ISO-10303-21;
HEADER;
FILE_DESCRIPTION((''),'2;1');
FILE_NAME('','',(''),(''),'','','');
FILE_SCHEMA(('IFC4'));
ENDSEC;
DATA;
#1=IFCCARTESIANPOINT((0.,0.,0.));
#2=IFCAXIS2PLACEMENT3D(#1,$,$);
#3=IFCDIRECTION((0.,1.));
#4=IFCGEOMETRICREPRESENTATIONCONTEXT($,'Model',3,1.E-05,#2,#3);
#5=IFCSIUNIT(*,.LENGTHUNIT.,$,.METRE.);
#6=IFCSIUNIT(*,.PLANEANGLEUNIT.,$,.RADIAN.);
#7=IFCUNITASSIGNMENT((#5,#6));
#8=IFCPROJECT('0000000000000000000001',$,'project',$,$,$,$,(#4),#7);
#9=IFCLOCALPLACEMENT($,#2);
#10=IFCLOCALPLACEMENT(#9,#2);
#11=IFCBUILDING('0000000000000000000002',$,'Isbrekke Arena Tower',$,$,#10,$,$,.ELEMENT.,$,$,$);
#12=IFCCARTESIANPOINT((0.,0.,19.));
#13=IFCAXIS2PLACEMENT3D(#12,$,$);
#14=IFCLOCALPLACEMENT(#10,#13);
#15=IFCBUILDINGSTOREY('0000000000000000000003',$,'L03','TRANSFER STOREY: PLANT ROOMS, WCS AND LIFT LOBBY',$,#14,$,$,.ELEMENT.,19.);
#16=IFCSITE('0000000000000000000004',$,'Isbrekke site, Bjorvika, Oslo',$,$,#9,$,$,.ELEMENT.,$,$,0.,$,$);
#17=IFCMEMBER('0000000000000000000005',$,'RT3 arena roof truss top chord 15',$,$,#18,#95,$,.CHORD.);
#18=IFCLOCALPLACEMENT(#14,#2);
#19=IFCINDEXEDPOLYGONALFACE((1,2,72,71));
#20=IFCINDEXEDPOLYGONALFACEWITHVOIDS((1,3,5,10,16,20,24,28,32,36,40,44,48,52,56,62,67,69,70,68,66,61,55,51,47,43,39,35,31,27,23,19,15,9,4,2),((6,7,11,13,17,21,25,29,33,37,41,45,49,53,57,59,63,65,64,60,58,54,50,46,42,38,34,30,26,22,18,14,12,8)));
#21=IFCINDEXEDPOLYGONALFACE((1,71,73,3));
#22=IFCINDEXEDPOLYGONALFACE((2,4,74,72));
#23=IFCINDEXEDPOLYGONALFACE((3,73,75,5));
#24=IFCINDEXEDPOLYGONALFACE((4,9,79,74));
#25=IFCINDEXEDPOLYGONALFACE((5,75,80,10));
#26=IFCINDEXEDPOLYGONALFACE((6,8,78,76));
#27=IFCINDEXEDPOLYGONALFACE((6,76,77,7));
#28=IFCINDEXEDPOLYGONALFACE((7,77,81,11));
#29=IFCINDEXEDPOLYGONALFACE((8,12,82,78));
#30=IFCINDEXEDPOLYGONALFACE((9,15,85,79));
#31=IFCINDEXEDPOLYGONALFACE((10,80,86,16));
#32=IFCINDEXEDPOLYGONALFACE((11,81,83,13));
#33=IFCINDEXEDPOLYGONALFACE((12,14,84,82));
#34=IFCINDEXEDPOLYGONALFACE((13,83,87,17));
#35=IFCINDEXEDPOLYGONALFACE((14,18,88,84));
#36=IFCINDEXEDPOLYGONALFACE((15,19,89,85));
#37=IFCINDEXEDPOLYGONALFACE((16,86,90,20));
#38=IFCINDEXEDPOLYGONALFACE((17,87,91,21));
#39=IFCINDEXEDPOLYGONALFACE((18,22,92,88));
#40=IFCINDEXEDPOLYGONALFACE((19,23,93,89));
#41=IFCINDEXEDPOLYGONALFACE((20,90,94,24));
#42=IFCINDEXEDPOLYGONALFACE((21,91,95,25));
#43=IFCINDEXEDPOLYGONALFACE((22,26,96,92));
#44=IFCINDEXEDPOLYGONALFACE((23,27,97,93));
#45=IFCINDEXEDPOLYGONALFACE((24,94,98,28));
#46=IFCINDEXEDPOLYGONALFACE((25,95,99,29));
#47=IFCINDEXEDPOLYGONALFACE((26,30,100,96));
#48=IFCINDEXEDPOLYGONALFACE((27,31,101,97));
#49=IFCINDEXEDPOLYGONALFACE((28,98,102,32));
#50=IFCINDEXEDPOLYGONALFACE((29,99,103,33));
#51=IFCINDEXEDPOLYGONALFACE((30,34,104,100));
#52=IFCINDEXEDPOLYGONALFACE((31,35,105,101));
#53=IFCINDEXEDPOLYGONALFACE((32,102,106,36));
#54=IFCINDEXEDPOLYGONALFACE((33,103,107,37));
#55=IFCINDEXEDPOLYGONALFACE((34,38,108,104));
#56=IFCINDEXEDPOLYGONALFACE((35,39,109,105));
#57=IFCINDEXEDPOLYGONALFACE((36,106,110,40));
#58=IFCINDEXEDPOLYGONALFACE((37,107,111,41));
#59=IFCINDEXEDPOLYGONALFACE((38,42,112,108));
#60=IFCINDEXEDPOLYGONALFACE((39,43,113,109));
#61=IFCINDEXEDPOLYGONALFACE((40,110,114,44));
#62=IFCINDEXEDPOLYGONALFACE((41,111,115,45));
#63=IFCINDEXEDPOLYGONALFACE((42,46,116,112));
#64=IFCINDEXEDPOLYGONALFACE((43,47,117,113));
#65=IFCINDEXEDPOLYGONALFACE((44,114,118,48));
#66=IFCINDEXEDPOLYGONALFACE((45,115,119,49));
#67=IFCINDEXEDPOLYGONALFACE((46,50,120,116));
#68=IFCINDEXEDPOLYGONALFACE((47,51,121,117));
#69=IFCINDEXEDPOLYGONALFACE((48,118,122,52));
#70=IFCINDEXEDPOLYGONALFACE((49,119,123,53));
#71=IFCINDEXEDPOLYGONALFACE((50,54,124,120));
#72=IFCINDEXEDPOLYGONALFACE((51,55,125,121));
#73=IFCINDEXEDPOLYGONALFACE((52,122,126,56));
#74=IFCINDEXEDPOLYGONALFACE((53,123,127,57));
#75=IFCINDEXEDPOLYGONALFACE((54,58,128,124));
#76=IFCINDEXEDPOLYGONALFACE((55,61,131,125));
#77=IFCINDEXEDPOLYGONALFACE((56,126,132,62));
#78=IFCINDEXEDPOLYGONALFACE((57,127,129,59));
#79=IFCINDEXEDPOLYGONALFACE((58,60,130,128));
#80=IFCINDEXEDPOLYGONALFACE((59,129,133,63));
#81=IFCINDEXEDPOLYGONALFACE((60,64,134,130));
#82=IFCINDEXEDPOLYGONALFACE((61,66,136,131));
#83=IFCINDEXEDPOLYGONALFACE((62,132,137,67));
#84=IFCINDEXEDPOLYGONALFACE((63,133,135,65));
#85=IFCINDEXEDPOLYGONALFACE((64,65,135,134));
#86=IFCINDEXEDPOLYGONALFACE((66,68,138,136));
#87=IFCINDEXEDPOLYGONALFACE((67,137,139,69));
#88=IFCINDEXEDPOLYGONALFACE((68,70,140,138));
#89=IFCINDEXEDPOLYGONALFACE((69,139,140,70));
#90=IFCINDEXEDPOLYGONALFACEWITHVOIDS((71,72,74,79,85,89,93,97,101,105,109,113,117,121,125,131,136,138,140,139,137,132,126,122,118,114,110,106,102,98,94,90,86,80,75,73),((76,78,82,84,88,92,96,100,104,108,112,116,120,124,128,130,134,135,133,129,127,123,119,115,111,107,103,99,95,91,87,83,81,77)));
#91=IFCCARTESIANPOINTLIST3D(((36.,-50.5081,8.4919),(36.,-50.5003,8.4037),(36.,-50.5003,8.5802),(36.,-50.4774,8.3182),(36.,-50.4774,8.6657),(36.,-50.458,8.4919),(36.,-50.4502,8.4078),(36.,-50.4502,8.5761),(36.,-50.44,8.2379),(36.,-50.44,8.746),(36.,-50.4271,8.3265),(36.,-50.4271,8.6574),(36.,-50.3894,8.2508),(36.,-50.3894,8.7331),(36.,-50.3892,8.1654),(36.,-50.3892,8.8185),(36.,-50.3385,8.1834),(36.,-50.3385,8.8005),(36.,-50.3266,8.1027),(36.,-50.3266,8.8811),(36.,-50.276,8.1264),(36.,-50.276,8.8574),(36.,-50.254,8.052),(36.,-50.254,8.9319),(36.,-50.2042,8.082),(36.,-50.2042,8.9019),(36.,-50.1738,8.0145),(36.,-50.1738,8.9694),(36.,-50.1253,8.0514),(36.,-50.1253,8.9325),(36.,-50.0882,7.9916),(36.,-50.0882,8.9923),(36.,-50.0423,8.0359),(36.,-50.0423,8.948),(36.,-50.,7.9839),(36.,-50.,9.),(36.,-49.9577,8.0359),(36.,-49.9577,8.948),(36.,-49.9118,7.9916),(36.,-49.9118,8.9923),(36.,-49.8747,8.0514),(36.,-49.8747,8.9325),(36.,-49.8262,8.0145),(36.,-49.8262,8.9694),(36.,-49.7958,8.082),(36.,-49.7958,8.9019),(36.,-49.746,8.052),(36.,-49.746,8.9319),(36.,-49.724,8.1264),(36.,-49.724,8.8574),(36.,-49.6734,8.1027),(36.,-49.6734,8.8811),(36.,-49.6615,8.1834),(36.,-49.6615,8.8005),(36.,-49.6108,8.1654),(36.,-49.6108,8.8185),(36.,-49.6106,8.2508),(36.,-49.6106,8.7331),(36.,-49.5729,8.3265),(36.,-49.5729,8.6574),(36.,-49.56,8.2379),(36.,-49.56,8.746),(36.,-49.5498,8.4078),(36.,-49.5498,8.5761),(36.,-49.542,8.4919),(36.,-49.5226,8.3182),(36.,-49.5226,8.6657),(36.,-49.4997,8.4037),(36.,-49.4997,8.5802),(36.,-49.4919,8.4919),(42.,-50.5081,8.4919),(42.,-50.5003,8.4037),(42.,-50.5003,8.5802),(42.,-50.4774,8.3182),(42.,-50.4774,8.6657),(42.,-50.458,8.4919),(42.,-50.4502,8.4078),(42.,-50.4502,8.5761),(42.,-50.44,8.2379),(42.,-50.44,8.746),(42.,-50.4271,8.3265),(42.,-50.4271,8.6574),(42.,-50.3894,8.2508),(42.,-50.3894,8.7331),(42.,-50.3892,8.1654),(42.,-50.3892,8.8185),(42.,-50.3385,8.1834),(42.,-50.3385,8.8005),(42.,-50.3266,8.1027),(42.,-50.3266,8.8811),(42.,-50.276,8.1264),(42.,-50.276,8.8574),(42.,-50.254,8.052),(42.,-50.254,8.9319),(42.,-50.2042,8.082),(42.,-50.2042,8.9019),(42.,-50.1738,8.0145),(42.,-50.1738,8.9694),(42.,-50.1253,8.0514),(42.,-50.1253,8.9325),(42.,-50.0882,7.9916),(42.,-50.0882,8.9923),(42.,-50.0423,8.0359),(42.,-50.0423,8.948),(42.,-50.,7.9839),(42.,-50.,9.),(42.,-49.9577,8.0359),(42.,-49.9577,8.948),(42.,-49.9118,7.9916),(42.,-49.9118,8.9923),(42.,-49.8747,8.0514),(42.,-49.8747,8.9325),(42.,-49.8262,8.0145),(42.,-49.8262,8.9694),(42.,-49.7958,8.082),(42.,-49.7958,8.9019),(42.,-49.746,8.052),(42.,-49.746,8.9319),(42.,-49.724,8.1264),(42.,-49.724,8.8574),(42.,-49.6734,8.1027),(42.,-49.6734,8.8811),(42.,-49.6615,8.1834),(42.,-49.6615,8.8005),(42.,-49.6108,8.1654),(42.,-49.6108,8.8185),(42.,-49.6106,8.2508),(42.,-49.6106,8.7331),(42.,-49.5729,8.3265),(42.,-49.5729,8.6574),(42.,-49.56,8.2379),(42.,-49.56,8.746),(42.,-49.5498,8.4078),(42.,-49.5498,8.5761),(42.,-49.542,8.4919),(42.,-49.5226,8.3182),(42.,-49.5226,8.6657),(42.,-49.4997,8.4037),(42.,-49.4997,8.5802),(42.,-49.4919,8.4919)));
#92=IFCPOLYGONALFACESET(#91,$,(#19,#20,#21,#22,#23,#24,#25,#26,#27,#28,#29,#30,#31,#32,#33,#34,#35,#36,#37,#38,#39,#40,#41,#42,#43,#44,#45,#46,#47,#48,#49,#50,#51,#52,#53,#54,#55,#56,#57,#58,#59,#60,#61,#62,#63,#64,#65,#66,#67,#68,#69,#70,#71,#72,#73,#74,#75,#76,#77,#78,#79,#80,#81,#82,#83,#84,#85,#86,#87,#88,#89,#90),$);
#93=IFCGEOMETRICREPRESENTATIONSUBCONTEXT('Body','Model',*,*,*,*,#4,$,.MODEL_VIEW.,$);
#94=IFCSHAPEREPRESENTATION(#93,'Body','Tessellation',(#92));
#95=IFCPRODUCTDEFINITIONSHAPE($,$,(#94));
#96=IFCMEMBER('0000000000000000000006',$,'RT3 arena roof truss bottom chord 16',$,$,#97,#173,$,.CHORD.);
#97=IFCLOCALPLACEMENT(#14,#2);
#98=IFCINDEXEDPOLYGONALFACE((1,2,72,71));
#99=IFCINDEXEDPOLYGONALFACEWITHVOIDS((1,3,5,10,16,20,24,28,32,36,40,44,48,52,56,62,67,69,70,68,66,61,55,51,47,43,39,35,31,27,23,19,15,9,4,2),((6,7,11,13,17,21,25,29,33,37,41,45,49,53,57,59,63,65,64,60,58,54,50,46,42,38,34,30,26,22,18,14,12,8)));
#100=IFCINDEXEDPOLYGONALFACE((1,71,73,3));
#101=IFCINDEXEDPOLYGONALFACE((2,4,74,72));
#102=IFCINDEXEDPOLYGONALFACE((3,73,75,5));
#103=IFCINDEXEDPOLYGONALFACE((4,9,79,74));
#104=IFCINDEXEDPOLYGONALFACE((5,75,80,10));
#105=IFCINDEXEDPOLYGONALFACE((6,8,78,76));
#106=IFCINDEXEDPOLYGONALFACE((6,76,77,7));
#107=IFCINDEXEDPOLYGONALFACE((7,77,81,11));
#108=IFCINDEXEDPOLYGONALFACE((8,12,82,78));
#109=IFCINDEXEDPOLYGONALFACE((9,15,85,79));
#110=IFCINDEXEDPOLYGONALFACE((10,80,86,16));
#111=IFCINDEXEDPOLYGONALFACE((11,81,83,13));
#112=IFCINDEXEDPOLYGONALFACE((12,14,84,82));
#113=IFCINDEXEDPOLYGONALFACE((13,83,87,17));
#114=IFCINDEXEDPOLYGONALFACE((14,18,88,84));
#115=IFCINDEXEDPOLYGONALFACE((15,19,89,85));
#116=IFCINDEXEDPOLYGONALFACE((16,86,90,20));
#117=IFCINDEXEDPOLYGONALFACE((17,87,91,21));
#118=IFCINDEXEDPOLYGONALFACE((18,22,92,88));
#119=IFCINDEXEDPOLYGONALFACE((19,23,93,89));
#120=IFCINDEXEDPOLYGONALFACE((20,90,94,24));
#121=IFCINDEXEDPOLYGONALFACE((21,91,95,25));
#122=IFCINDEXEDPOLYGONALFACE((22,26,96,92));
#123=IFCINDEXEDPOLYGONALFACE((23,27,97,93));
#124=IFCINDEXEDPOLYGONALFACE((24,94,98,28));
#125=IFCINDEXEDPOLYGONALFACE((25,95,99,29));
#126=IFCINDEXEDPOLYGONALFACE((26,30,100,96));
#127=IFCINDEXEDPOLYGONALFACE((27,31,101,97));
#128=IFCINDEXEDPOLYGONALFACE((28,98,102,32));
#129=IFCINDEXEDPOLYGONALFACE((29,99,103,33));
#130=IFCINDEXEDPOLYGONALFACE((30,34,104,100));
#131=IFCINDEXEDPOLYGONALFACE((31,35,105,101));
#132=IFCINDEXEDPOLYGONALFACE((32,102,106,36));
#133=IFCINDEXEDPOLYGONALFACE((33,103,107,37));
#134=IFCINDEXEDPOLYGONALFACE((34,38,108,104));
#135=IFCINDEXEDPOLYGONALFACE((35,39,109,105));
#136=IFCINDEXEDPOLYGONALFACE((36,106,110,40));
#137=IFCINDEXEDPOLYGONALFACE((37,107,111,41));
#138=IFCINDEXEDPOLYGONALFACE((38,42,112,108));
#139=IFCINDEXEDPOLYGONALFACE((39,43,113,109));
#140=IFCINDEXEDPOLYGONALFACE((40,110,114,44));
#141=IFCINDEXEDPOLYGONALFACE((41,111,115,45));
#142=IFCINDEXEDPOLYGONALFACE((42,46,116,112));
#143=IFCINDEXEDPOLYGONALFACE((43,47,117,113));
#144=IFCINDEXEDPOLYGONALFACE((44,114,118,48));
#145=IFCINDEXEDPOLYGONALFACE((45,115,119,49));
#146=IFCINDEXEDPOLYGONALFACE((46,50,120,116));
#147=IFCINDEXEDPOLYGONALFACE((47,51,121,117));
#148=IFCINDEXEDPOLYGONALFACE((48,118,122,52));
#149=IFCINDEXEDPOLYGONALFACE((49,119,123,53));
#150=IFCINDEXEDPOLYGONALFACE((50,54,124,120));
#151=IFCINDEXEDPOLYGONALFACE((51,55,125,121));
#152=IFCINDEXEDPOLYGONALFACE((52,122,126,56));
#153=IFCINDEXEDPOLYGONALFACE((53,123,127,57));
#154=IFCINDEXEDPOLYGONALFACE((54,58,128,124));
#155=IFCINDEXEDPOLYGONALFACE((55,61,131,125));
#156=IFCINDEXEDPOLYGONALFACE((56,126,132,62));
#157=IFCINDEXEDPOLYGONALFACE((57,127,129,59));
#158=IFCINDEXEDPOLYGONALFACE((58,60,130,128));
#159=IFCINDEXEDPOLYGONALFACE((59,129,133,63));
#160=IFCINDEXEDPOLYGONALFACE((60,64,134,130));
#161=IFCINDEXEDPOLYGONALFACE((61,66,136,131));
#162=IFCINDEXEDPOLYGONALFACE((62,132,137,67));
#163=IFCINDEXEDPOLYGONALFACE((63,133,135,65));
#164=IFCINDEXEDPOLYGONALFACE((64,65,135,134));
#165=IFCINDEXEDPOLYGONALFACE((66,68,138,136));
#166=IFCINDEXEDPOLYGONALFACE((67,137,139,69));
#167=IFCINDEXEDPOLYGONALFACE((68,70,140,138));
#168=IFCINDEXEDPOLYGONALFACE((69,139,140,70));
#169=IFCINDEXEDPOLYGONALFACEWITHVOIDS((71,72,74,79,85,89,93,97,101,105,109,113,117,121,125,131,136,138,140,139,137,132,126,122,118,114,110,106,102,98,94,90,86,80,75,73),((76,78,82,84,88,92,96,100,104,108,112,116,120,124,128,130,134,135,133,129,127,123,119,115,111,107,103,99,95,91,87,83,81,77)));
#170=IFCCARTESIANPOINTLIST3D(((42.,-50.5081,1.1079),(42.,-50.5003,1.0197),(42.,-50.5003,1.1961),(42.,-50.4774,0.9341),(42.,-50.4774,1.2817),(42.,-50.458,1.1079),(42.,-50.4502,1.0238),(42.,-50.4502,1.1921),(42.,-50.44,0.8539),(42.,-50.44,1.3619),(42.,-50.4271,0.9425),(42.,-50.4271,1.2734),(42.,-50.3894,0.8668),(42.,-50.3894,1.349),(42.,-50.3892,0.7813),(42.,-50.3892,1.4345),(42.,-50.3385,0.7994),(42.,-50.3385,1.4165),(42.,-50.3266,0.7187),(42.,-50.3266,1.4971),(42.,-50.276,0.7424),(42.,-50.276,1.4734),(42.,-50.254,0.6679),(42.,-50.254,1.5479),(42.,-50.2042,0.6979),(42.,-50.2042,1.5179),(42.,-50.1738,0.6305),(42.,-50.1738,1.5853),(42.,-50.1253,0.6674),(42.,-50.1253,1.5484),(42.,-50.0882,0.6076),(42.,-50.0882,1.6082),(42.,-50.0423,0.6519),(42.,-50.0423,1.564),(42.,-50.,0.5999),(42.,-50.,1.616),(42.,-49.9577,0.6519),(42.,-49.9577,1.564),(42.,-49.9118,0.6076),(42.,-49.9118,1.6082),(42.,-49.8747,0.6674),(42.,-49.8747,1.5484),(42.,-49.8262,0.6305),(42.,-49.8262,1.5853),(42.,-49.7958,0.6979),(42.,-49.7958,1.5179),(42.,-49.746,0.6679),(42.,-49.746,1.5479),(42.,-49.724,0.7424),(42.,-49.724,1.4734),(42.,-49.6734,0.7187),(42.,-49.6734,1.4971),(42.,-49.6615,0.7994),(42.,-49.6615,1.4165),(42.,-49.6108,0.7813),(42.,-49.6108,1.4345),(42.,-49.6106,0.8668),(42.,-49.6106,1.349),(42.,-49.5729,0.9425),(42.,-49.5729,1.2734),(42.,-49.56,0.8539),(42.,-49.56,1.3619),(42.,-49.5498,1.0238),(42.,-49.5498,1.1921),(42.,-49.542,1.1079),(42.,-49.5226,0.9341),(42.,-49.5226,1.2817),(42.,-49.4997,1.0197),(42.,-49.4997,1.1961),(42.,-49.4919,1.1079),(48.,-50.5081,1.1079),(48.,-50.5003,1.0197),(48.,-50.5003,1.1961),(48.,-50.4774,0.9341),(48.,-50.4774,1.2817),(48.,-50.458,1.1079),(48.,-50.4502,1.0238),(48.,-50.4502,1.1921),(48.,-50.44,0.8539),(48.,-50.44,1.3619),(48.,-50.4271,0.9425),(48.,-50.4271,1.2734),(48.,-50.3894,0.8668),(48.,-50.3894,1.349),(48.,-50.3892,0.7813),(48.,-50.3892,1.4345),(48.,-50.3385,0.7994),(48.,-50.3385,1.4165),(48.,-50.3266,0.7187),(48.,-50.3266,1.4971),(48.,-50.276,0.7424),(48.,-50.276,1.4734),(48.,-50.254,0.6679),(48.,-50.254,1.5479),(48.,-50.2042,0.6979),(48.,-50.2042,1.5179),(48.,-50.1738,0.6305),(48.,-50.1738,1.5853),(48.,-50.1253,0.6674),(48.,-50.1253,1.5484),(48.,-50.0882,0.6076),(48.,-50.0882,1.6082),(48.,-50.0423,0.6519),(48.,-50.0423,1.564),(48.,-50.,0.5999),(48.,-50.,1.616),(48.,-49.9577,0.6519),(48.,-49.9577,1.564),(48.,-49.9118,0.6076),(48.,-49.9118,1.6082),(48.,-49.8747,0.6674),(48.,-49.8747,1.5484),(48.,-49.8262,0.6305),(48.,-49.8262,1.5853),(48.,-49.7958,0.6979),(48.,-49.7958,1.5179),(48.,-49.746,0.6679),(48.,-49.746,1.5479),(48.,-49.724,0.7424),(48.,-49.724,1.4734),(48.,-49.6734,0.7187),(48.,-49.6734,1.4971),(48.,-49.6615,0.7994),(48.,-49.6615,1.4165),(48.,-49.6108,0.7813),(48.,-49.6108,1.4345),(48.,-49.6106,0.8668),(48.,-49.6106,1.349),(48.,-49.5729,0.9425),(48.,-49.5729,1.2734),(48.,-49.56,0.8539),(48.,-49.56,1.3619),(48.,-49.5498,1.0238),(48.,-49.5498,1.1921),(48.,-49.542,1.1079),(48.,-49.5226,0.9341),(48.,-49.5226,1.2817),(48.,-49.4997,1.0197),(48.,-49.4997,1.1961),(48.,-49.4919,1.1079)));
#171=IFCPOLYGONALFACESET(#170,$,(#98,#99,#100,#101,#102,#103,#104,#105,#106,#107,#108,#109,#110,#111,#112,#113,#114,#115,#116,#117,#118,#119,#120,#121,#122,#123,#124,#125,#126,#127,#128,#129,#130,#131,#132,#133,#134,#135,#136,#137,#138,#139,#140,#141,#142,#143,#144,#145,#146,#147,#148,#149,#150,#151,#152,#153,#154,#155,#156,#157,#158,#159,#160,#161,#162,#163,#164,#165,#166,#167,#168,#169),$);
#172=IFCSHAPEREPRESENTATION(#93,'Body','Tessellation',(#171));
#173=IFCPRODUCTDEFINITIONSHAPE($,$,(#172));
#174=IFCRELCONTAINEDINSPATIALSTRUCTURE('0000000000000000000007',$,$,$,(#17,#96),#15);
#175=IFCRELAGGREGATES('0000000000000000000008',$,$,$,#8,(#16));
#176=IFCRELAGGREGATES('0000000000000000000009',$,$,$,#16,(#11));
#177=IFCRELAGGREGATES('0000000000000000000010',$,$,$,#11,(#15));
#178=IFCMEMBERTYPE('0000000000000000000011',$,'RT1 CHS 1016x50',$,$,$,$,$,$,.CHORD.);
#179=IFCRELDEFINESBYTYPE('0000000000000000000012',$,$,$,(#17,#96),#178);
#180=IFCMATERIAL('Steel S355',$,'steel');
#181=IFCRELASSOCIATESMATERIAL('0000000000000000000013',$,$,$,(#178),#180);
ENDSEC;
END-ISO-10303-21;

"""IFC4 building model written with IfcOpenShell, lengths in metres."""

from ifc_helpers import new_model, si_unit, direction, frame, origin, origin_2d, place, context, subcontext, project, spatial, hollow_circle, extrude, material, material_profile, profile_set, type_object, element, save


model = new_model("IFC4")

# Units and contexts
model_context = context("Model", 3, precision=1e-05, world=origin(), true_north=direction((0.0, 1.0)))
body_context = subcontext(model_context, "Body", "Model", "MODEL_VIEW")
ifc_project = project(units=[si_unit("LENGTHUNIT", "METRE"), si_unit("PLANEANGLEUNIT", "RADIAN")], contexts=[model_context])

# Site, building, storey
site_placement = place(None, origin())
site = spatial("IfcSite", under=ifc_project, at=site_placement, Name="Isbrekke site, Bjorvika, Oslo", CompositionType="ELEMENT", RefElevation=0.0)
building_placement = place(site_placement, origin())
building = spatial("IfcBuilding", under=site, at=building_placement, Name="Isbrekke Arena Tower", CompositionType="ELEMENT")
storey_placement = place(building_placement, frame((0.0, 0.0, 19.0)))
storey = spatial("IfcBuildingStorey", under=building, at=storey_placement, Name="L03", Description="TRANSFER STOREY: PLANT ROOMS, WCS AND LIFT LOBBY", CompositionType="ELEMENT", Elevation=19.0)

# Members
ifc_material_1 = material(Name="Steel S355", Category="steel")
ifc_material_profile_1 = material_profile(ifc_material_1, hollow_circle(Radius=0.5081, WallThickness=0.05, at=origin_2d()), Name="CHS 1016x50")
ifc_profile_set_1 = profile_set([ifc_material_profile_1], Name="Steel S355")
member_type_1 = type_object("IfcMemberType", Name="RT1 CHS 1016x50", PredefinedType="CHORD", material=ifc_profile_set_1)
for number, where, z_axis, x_axis, name in (
    (1, (36.0, -50.0, 8.4919), (1.0, 0.0, 0.0), (0.0, 1.0, 0.0), "RT3 arena roof truss top chord 15"),
    (2, (42.0, -50.0, 1.1079), (1.0, 0.0, 0.0), (0.0, 1.0, 0.0), "RT3 arena roof truss bottom chord 16"),
):
    element("IfcMember", number, at=place(storey_placement, frame(where, z_axis=z_axis, x_axis=x_axis)), inside=storey, type_object=member_type_1, Name=name, PredefinedType="CHORD", context=body_context, shape_type="SweptSolid", body=[
        extrude(hollow_circle(Radius=0.5081, WallThickness=0.05, at=origin_2d()), origin(), (0.0, 0.0, 1.0), 6.0),
    ])

save(model, "model.ifc")
